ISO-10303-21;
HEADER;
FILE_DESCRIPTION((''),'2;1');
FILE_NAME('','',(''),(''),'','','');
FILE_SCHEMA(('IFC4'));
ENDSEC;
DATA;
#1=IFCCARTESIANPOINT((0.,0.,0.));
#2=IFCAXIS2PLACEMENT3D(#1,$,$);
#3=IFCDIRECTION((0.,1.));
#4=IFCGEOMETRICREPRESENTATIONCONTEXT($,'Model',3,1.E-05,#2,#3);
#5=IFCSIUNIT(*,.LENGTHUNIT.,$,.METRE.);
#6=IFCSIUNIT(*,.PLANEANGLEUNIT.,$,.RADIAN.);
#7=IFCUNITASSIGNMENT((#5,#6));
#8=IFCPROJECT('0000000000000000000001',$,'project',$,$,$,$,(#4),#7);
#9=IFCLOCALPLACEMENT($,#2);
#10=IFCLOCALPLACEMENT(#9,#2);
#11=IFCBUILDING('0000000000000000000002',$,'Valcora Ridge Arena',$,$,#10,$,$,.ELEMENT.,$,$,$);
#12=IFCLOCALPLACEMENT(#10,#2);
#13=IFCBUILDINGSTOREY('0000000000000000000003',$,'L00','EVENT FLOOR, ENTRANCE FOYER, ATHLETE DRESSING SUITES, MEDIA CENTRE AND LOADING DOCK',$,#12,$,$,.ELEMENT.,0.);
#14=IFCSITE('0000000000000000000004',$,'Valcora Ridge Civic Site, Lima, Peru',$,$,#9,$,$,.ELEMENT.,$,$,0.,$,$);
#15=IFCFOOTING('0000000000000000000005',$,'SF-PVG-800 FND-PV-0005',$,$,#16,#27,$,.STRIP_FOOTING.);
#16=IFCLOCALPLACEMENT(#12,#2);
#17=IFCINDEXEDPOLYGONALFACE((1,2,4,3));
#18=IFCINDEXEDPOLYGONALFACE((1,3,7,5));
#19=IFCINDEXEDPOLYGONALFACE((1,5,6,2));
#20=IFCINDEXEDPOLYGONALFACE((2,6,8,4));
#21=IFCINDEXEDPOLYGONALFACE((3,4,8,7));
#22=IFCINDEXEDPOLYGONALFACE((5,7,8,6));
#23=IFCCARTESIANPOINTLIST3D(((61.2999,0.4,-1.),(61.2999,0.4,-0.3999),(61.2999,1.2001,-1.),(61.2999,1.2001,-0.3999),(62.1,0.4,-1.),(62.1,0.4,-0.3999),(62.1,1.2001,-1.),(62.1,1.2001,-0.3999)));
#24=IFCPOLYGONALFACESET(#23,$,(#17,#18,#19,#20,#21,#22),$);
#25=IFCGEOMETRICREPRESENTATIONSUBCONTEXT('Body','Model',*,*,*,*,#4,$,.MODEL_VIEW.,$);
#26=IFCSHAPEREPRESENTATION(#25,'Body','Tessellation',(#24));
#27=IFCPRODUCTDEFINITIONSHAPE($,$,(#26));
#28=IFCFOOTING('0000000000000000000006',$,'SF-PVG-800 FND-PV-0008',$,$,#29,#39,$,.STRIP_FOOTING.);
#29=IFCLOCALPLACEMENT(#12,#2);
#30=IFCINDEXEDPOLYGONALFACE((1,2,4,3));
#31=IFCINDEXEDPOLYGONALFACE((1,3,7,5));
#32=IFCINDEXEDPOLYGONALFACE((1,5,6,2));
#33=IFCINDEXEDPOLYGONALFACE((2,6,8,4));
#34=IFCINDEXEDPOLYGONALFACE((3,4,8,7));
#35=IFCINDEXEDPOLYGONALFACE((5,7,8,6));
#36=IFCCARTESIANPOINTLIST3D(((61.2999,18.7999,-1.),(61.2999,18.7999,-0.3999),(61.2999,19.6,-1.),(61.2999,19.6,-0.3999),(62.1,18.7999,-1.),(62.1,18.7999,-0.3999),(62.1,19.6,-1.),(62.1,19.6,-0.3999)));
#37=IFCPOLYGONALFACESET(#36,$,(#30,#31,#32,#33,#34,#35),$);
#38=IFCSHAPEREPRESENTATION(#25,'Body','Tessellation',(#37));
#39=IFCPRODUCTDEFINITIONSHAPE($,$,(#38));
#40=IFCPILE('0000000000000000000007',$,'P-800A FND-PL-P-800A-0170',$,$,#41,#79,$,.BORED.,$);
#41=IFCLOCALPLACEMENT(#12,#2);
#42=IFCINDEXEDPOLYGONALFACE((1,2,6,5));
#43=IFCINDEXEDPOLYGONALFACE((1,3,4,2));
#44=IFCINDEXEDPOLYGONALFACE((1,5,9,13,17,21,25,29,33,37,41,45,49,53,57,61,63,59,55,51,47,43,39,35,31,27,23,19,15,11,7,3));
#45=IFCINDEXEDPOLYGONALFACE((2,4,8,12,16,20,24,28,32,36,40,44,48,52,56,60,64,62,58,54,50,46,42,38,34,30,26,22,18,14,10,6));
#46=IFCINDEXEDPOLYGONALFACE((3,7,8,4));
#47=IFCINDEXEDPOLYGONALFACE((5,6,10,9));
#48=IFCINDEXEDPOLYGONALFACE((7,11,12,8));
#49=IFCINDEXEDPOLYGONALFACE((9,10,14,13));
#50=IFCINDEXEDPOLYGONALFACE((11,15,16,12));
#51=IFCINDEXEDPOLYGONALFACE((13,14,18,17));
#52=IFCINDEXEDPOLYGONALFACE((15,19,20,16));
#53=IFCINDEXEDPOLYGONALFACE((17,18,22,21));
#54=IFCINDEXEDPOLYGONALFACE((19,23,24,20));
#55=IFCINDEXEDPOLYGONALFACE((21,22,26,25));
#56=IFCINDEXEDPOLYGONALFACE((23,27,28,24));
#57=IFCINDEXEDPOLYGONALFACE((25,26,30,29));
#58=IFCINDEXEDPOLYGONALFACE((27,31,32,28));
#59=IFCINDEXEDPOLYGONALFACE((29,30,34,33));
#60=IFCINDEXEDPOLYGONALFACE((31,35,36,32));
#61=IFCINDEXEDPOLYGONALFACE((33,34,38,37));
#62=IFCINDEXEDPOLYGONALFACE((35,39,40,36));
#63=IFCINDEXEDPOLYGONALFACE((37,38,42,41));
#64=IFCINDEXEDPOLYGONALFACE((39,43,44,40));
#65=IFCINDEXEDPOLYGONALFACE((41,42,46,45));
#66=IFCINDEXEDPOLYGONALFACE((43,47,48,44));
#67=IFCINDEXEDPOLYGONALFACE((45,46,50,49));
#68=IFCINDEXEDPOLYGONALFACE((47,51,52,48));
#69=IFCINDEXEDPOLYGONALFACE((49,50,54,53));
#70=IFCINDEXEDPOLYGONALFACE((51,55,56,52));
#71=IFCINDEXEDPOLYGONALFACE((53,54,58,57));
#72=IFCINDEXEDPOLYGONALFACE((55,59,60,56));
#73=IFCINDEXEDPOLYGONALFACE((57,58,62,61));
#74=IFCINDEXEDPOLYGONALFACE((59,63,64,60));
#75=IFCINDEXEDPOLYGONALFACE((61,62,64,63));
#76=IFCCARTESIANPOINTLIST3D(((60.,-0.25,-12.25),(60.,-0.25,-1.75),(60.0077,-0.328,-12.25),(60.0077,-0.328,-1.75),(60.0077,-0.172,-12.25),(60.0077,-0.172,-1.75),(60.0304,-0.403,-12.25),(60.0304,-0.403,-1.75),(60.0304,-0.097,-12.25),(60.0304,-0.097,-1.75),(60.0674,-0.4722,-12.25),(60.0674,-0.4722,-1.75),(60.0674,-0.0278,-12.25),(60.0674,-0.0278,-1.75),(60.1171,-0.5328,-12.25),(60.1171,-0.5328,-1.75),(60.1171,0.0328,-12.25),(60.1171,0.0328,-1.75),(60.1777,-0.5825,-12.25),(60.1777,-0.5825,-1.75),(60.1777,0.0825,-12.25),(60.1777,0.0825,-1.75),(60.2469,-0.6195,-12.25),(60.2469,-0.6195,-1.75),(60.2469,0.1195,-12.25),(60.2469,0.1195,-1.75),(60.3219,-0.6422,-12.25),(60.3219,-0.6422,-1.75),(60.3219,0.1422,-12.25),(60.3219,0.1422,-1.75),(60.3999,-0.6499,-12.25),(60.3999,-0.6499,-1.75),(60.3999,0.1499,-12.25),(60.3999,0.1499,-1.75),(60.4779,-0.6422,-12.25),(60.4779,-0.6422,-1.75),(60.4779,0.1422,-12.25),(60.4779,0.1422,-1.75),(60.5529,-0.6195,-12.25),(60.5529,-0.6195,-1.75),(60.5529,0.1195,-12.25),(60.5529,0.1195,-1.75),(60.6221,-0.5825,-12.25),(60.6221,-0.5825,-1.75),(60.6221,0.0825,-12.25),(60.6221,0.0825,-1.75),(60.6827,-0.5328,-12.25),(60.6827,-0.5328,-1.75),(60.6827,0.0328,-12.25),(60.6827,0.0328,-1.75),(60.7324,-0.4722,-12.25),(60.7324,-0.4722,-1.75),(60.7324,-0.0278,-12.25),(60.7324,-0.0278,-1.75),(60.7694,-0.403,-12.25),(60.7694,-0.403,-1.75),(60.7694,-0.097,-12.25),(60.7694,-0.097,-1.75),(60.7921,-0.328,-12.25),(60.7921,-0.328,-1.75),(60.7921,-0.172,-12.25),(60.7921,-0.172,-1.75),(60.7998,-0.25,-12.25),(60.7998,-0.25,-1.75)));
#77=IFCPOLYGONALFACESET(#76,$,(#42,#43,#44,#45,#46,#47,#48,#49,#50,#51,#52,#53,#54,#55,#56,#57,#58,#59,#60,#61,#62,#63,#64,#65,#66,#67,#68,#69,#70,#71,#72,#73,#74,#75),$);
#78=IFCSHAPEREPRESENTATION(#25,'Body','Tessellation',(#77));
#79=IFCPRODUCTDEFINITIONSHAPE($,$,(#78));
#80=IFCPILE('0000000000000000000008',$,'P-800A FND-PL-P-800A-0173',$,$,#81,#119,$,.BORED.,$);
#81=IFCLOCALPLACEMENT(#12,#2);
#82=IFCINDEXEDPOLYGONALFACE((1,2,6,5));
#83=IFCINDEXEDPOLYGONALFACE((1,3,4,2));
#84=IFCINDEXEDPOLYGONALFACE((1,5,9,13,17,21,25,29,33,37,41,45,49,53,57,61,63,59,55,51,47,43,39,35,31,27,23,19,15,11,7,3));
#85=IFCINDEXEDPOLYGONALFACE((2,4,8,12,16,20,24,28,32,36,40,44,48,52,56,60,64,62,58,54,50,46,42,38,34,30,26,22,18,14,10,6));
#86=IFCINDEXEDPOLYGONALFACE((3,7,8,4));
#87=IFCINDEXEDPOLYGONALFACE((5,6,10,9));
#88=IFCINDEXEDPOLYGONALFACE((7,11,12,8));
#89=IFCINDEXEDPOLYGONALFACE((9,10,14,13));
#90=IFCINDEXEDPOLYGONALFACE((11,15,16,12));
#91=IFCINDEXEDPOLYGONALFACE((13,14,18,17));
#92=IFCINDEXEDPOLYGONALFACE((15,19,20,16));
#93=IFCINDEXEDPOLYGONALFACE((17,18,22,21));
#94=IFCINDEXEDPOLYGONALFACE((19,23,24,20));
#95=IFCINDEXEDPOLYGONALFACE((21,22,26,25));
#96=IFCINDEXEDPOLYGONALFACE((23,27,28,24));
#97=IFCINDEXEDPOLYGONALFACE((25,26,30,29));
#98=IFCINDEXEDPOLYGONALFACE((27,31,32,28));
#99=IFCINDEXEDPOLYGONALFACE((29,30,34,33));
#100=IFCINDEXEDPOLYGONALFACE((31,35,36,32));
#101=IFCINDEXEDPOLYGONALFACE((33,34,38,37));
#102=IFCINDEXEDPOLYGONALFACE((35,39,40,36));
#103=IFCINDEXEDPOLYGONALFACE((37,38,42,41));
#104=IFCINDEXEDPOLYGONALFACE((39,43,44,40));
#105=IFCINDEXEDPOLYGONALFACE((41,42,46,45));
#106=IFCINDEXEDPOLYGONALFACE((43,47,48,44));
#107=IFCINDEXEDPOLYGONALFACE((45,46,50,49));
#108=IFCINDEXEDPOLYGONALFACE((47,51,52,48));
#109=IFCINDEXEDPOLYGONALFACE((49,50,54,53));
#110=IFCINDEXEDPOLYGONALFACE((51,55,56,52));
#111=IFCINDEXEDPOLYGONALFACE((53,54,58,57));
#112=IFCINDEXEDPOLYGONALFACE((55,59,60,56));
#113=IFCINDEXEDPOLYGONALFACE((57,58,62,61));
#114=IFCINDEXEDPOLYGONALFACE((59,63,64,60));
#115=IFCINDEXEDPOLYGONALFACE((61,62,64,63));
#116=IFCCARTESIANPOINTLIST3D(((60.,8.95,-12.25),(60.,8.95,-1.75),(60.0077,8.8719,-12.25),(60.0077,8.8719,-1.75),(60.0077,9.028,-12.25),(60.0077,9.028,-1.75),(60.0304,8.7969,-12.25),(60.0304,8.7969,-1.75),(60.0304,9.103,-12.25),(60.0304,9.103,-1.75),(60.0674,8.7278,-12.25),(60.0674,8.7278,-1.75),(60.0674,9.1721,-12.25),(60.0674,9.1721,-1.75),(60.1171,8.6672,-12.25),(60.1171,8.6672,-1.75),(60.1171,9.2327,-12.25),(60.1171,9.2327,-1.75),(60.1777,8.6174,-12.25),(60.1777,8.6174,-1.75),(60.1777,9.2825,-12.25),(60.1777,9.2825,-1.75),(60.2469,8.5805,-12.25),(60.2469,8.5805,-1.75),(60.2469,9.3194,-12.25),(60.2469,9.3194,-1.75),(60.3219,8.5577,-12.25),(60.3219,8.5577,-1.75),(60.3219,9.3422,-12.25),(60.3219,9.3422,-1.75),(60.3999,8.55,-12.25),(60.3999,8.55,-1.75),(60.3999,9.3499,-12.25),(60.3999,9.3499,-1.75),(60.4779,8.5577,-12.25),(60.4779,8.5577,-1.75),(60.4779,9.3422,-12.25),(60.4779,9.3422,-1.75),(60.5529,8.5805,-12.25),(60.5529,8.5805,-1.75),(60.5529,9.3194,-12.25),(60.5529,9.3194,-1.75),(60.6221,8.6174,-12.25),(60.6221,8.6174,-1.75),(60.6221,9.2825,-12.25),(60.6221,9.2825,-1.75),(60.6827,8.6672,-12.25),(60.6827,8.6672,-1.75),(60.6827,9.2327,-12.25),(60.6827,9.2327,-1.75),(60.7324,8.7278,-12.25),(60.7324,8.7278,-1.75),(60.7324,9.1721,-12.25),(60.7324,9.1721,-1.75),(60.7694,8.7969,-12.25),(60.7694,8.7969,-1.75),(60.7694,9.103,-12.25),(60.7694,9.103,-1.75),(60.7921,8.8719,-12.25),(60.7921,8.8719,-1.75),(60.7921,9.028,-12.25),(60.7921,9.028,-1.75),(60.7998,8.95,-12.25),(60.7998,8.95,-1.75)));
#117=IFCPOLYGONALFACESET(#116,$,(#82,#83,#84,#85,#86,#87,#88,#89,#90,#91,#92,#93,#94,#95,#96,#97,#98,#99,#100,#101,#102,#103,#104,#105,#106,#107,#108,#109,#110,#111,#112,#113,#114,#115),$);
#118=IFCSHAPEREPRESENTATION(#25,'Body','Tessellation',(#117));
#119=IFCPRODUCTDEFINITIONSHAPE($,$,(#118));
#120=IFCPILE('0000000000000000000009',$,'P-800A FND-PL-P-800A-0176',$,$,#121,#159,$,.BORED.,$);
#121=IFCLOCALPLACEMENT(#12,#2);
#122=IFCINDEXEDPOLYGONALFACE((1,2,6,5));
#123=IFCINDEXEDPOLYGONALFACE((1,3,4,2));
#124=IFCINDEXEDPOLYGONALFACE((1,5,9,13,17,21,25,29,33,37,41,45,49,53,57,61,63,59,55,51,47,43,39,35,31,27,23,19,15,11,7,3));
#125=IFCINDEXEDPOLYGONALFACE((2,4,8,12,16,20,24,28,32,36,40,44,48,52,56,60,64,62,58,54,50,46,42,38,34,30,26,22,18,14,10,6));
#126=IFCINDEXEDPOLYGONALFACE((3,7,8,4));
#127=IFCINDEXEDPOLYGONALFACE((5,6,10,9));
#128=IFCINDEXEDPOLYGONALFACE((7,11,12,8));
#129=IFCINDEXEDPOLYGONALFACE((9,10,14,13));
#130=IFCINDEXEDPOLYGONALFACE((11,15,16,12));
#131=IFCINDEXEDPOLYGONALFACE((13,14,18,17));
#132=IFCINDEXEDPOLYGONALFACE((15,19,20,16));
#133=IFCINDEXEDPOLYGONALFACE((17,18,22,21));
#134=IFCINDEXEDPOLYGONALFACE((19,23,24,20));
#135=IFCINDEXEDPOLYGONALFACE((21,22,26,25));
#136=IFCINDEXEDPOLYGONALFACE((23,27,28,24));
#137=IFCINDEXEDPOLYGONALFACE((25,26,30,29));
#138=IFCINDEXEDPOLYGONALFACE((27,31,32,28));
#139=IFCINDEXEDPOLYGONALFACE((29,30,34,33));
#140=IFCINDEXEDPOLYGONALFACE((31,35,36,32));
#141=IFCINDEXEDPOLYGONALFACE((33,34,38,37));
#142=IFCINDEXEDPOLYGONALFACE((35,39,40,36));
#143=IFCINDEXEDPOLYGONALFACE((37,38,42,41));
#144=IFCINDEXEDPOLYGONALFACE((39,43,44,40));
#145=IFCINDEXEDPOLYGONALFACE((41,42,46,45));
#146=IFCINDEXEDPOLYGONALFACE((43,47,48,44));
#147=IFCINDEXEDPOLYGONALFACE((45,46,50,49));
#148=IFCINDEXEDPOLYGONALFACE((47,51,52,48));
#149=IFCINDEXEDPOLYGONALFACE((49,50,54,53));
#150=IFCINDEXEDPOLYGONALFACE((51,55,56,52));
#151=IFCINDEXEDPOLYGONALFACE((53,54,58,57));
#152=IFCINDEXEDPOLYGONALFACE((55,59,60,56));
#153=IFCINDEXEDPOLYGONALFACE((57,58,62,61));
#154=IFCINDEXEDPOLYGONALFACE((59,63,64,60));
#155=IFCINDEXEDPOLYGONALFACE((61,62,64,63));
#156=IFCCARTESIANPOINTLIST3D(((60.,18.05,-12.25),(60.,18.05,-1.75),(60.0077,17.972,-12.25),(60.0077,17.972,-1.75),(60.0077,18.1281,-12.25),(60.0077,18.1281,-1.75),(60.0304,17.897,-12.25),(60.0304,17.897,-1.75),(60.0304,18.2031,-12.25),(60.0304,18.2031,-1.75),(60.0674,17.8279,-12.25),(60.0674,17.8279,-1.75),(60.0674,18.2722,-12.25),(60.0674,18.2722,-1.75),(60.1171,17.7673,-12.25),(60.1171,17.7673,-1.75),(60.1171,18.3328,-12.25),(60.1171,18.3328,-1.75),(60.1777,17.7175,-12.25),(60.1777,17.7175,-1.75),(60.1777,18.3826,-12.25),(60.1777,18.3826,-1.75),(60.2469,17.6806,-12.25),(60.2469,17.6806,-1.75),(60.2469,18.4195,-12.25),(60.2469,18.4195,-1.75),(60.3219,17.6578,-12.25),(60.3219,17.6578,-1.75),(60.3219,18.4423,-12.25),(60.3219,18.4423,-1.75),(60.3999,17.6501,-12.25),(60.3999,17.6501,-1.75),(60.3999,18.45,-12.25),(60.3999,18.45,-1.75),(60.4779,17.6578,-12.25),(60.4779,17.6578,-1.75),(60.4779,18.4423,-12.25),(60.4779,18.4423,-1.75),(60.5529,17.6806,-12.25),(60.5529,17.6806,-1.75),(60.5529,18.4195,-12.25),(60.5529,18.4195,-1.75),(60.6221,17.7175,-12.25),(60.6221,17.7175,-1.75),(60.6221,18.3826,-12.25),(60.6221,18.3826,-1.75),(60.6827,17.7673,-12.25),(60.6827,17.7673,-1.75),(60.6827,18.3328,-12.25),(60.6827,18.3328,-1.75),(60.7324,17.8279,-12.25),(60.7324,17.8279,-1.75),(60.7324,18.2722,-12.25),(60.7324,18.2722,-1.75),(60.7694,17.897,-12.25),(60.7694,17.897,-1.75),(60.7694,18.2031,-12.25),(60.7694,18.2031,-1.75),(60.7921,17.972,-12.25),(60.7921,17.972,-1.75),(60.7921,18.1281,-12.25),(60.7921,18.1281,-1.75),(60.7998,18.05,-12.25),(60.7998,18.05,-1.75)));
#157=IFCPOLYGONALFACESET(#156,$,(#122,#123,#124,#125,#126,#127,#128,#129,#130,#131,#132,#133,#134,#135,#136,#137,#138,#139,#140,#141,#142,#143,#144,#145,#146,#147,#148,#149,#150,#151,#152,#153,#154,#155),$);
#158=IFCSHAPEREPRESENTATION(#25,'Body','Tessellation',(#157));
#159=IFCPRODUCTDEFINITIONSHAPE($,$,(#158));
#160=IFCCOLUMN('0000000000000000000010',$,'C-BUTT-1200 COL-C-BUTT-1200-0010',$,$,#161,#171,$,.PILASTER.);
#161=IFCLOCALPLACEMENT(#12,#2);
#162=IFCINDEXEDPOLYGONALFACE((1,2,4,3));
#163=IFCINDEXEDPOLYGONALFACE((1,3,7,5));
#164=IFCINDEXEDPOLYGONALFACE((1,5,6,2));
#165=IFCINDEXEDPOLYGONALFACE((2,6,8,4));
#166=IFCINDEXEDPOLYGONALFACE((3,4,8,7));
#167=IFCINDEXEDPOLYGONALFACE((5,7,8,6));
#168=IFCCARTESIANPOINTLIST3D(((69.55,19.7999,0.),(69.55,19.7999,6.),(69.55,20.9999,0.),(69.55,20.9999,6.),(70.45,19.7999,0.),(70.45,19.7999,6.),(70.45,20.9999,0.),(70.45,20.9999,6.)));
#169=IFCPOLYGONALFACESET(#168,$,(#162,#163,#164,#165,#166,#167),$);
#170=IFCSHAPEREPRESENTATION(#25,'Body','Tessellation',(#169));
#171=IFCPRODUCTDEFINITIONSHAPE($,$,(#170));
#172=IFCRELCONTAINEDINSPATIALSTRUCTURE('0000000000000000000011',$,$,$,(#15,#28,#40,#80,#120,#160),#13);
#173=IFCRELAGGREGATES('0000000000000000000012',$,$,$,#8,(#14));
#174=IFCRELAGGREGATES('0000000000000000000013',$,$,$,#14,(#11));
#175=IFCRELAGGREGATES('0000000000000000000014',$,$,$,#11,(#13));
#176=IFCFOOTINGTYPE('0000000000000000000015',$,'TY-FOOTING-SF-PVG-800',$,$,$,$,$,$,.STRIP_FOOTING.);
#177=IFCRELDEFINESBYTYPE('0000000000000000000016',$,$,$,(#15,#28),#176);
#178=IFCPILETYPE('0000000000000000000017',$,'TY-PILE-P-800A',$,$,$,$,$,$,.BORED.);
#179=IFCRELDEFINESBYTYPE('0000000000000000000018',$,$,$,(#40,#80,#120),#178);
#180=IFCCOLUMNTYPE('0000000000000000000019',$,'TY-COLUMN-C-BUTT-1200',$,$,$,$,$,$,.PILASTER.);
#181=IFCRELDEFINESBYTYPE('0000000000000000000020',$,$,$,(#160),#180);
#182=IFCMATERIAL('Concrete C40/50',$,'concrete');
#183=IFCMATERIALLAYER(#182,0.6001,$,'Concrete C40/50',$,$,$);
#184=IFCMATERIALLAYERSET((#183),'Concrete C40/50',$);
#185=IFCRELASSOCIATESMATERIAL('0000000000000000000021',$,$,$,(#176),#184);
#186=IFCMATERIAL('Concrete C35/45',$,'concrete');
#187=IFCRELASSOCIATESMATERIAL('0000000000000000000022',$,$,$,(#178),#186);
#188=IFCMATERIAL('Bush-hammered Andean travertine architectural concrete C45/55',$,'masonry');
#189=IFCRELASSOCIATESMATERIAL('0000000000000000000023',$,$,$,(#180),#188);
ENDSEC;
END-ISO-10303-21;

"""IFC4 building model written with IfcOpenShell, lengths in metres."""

from ifc_helpers import new_model, si_unit, direction, frame, origin, origin_2d, place, context, subcontext, project, spatial, rectangle, circle, extrude, material, layer, layer_set, material_profile, profile_set, type_object, element, save


model = new_model("IFC4")

# Units and contexts
model_context = context("Model", 3, precision=1e-05, world=origin(), true_north=direction((0.0, 1.0)))
body_context = subcontext(model_context, "Body", "Model", "MODEL_VIEW")
ifc_project = project(units=[si_unit("LENGTHUNIT", "METRE"), si_unit("PLANEANGLEUNIT", "RADIAN")], contexts=[model_context])

# Site, building, storey
site_placement = place(None, origin())
site = spatial("IfcSite", under=ifc_project, at=site_placement, Name="Valcora Ridge Civic Site, Lima, Peru", CompositionType="ELEMENT", RefElevation=0.0)
building_placement = place(site_placement, origin())
building = spatial("IfcBuilding", under=site, at=building_placement, Name="Valcora Ridge Arena", CompositionType="ELEMENT")
storey_placement = place(building_placement, origin())
storey = spatial("IfcBuildingStorey", under=building, at=storey_placement, Name="L00", Description="EVENT FLOOR, ENTRANCE FOYER, ATHLETE DRESSING SUITES, MEDIA CENTRE AND LOADING DOCK", CompositionType="ELEMENT", Elevation=0.0)

# Footings
ifc_material_1 = material(Name="Concrete C40/50", Category="concrete")
ifc_layer_1 = layer(ifc_material_1, 0.6001, Name="Concrete C40/50")
ifc_layer_set_1 = layer_set([ifc_layer_1], Name="Concrete C40/50")
footing_type = type_object("IfcFootingType", Name="TY-FOOTING-SF-PVG-800", PredefinedType="STRIP_FOOTING", material=ifc_layer_set_1)
for number, where, z_axis, x_axis, name in (
    (1, (61.7, 0.8, -1.0), (0.0, 0.0, 1.0), (1.0, 0.0, 0.0), "SF-PVG-800 FND-PV-0005"),
    (2, (61.7, 19.2, -1.0), (0.0, 0.0, 1.0), (1.0, 0.0, 0.0), "SF-PVG-800 FND-PV-0008"),
):
    element("IfcFooting", number, at=place(storey_placement, frame(where, z_axis=z_axis, x_axis=x_axis)), inside=storey, type_object=footing_type, Name=name, PredefinedType="STRIP_FOOTING", context=body_context, shape_type="SweptSolid", body=[
        extrude(rectangle(XDim=0.8, YDim=0.8, at=origin_2d()), origin(), (0.0, 0.0, 1.0), 0.6001),
    ])

# Piles
ifc_material_2 = material(Name="Concrete C35/45", Category="concrete")
ifc_material_profile_1 = material_profile(ifc_material_2, circle(Radius=0.3999, at=origin_2d()), Name="BORED PILE D800")
ifc_profile_set_1 = profile_set([ifc_material_profile_1], Name="Concrete C35/45")
pile_type = type_object("IfcPileType", Name="TY-PILE-P-800A", PredefinedType="BORED", material=ifc_profile_set_1)
for number, where, z_axis, x_axis, name in (
    (3, (60.3999, -0.25, -1.75), (0.0, 0.0, -1.0), (1.0, 0.0, 0.0), "P-800A FND-PL-P-800A-0170"),
    (4, (60.3999, 8.95, -1.75), (0.0, 0.0, -1.0), (1.0, 0.0, 0.0), "P-800A FND-PL-P-800A-0173"),
    (5, (60.3999, 18.05, -1.75), (0.0, 0.0, -1.0), (1.0, 0.0, 0.0), "P-800A FND-PL-P-800A-0176"),
):
    element("IfcPile", number, at=place(storey_placement, frame(where, z_axis=z_axis, x_axis=x_axis)), inside=storey, type_object=pile_type, Name=name, PredefinedType="BORED", context=body_context, shape_type="SweptSolid", body=[
        extrude(circle(Radius=0.3999, at=origin_2d()), origin(), (0.0, 0.0, 1.0), 10.5),
    ])

# Column
ifc_material_3 = material(Name="Bush-hammered Andean travertine architectural concrete C45/55", Category="masonry")
ifc_material_profile_2 = material_profile(ifc_material_3, rectangle(XDim=0.8999, YDim=1.2, at=origin_2d()), Name="RC 900x1200")
ifc_profile_set_2 = profile_set([ifc_material_profile_2], Name="Bush-hammered Andean travertine architectural concrete C45/55")
column_type = type_object("IfcColumnType", Name="TY-COLUMN-C-BUTT-1200", PredefinedType="PILASTER", material=ifc_profile_set_2)
column_placement = place(storey_placement, frame((70.0, 20.3999, 0.0), z_axis=(0.0, 0.0, 1.0), x_axis=(1.0, 0.0, 0.0)))
element("IfcColumn", 6, at=column_placement, inside=storey, type_object=column_type, Name="C-BUTT-1200 COL-C-BUTT-1200-0010", PredefinedType="PILASTER", context=body_context, shape_type="SweptSolid", body=[
    extrude(rectangle(XDim=0.8999, YDim=1.2, at=origin_2d()), origin(), (0.0, 0.0, 1.0), 6.0),
])

save(model, "model.ifc")
